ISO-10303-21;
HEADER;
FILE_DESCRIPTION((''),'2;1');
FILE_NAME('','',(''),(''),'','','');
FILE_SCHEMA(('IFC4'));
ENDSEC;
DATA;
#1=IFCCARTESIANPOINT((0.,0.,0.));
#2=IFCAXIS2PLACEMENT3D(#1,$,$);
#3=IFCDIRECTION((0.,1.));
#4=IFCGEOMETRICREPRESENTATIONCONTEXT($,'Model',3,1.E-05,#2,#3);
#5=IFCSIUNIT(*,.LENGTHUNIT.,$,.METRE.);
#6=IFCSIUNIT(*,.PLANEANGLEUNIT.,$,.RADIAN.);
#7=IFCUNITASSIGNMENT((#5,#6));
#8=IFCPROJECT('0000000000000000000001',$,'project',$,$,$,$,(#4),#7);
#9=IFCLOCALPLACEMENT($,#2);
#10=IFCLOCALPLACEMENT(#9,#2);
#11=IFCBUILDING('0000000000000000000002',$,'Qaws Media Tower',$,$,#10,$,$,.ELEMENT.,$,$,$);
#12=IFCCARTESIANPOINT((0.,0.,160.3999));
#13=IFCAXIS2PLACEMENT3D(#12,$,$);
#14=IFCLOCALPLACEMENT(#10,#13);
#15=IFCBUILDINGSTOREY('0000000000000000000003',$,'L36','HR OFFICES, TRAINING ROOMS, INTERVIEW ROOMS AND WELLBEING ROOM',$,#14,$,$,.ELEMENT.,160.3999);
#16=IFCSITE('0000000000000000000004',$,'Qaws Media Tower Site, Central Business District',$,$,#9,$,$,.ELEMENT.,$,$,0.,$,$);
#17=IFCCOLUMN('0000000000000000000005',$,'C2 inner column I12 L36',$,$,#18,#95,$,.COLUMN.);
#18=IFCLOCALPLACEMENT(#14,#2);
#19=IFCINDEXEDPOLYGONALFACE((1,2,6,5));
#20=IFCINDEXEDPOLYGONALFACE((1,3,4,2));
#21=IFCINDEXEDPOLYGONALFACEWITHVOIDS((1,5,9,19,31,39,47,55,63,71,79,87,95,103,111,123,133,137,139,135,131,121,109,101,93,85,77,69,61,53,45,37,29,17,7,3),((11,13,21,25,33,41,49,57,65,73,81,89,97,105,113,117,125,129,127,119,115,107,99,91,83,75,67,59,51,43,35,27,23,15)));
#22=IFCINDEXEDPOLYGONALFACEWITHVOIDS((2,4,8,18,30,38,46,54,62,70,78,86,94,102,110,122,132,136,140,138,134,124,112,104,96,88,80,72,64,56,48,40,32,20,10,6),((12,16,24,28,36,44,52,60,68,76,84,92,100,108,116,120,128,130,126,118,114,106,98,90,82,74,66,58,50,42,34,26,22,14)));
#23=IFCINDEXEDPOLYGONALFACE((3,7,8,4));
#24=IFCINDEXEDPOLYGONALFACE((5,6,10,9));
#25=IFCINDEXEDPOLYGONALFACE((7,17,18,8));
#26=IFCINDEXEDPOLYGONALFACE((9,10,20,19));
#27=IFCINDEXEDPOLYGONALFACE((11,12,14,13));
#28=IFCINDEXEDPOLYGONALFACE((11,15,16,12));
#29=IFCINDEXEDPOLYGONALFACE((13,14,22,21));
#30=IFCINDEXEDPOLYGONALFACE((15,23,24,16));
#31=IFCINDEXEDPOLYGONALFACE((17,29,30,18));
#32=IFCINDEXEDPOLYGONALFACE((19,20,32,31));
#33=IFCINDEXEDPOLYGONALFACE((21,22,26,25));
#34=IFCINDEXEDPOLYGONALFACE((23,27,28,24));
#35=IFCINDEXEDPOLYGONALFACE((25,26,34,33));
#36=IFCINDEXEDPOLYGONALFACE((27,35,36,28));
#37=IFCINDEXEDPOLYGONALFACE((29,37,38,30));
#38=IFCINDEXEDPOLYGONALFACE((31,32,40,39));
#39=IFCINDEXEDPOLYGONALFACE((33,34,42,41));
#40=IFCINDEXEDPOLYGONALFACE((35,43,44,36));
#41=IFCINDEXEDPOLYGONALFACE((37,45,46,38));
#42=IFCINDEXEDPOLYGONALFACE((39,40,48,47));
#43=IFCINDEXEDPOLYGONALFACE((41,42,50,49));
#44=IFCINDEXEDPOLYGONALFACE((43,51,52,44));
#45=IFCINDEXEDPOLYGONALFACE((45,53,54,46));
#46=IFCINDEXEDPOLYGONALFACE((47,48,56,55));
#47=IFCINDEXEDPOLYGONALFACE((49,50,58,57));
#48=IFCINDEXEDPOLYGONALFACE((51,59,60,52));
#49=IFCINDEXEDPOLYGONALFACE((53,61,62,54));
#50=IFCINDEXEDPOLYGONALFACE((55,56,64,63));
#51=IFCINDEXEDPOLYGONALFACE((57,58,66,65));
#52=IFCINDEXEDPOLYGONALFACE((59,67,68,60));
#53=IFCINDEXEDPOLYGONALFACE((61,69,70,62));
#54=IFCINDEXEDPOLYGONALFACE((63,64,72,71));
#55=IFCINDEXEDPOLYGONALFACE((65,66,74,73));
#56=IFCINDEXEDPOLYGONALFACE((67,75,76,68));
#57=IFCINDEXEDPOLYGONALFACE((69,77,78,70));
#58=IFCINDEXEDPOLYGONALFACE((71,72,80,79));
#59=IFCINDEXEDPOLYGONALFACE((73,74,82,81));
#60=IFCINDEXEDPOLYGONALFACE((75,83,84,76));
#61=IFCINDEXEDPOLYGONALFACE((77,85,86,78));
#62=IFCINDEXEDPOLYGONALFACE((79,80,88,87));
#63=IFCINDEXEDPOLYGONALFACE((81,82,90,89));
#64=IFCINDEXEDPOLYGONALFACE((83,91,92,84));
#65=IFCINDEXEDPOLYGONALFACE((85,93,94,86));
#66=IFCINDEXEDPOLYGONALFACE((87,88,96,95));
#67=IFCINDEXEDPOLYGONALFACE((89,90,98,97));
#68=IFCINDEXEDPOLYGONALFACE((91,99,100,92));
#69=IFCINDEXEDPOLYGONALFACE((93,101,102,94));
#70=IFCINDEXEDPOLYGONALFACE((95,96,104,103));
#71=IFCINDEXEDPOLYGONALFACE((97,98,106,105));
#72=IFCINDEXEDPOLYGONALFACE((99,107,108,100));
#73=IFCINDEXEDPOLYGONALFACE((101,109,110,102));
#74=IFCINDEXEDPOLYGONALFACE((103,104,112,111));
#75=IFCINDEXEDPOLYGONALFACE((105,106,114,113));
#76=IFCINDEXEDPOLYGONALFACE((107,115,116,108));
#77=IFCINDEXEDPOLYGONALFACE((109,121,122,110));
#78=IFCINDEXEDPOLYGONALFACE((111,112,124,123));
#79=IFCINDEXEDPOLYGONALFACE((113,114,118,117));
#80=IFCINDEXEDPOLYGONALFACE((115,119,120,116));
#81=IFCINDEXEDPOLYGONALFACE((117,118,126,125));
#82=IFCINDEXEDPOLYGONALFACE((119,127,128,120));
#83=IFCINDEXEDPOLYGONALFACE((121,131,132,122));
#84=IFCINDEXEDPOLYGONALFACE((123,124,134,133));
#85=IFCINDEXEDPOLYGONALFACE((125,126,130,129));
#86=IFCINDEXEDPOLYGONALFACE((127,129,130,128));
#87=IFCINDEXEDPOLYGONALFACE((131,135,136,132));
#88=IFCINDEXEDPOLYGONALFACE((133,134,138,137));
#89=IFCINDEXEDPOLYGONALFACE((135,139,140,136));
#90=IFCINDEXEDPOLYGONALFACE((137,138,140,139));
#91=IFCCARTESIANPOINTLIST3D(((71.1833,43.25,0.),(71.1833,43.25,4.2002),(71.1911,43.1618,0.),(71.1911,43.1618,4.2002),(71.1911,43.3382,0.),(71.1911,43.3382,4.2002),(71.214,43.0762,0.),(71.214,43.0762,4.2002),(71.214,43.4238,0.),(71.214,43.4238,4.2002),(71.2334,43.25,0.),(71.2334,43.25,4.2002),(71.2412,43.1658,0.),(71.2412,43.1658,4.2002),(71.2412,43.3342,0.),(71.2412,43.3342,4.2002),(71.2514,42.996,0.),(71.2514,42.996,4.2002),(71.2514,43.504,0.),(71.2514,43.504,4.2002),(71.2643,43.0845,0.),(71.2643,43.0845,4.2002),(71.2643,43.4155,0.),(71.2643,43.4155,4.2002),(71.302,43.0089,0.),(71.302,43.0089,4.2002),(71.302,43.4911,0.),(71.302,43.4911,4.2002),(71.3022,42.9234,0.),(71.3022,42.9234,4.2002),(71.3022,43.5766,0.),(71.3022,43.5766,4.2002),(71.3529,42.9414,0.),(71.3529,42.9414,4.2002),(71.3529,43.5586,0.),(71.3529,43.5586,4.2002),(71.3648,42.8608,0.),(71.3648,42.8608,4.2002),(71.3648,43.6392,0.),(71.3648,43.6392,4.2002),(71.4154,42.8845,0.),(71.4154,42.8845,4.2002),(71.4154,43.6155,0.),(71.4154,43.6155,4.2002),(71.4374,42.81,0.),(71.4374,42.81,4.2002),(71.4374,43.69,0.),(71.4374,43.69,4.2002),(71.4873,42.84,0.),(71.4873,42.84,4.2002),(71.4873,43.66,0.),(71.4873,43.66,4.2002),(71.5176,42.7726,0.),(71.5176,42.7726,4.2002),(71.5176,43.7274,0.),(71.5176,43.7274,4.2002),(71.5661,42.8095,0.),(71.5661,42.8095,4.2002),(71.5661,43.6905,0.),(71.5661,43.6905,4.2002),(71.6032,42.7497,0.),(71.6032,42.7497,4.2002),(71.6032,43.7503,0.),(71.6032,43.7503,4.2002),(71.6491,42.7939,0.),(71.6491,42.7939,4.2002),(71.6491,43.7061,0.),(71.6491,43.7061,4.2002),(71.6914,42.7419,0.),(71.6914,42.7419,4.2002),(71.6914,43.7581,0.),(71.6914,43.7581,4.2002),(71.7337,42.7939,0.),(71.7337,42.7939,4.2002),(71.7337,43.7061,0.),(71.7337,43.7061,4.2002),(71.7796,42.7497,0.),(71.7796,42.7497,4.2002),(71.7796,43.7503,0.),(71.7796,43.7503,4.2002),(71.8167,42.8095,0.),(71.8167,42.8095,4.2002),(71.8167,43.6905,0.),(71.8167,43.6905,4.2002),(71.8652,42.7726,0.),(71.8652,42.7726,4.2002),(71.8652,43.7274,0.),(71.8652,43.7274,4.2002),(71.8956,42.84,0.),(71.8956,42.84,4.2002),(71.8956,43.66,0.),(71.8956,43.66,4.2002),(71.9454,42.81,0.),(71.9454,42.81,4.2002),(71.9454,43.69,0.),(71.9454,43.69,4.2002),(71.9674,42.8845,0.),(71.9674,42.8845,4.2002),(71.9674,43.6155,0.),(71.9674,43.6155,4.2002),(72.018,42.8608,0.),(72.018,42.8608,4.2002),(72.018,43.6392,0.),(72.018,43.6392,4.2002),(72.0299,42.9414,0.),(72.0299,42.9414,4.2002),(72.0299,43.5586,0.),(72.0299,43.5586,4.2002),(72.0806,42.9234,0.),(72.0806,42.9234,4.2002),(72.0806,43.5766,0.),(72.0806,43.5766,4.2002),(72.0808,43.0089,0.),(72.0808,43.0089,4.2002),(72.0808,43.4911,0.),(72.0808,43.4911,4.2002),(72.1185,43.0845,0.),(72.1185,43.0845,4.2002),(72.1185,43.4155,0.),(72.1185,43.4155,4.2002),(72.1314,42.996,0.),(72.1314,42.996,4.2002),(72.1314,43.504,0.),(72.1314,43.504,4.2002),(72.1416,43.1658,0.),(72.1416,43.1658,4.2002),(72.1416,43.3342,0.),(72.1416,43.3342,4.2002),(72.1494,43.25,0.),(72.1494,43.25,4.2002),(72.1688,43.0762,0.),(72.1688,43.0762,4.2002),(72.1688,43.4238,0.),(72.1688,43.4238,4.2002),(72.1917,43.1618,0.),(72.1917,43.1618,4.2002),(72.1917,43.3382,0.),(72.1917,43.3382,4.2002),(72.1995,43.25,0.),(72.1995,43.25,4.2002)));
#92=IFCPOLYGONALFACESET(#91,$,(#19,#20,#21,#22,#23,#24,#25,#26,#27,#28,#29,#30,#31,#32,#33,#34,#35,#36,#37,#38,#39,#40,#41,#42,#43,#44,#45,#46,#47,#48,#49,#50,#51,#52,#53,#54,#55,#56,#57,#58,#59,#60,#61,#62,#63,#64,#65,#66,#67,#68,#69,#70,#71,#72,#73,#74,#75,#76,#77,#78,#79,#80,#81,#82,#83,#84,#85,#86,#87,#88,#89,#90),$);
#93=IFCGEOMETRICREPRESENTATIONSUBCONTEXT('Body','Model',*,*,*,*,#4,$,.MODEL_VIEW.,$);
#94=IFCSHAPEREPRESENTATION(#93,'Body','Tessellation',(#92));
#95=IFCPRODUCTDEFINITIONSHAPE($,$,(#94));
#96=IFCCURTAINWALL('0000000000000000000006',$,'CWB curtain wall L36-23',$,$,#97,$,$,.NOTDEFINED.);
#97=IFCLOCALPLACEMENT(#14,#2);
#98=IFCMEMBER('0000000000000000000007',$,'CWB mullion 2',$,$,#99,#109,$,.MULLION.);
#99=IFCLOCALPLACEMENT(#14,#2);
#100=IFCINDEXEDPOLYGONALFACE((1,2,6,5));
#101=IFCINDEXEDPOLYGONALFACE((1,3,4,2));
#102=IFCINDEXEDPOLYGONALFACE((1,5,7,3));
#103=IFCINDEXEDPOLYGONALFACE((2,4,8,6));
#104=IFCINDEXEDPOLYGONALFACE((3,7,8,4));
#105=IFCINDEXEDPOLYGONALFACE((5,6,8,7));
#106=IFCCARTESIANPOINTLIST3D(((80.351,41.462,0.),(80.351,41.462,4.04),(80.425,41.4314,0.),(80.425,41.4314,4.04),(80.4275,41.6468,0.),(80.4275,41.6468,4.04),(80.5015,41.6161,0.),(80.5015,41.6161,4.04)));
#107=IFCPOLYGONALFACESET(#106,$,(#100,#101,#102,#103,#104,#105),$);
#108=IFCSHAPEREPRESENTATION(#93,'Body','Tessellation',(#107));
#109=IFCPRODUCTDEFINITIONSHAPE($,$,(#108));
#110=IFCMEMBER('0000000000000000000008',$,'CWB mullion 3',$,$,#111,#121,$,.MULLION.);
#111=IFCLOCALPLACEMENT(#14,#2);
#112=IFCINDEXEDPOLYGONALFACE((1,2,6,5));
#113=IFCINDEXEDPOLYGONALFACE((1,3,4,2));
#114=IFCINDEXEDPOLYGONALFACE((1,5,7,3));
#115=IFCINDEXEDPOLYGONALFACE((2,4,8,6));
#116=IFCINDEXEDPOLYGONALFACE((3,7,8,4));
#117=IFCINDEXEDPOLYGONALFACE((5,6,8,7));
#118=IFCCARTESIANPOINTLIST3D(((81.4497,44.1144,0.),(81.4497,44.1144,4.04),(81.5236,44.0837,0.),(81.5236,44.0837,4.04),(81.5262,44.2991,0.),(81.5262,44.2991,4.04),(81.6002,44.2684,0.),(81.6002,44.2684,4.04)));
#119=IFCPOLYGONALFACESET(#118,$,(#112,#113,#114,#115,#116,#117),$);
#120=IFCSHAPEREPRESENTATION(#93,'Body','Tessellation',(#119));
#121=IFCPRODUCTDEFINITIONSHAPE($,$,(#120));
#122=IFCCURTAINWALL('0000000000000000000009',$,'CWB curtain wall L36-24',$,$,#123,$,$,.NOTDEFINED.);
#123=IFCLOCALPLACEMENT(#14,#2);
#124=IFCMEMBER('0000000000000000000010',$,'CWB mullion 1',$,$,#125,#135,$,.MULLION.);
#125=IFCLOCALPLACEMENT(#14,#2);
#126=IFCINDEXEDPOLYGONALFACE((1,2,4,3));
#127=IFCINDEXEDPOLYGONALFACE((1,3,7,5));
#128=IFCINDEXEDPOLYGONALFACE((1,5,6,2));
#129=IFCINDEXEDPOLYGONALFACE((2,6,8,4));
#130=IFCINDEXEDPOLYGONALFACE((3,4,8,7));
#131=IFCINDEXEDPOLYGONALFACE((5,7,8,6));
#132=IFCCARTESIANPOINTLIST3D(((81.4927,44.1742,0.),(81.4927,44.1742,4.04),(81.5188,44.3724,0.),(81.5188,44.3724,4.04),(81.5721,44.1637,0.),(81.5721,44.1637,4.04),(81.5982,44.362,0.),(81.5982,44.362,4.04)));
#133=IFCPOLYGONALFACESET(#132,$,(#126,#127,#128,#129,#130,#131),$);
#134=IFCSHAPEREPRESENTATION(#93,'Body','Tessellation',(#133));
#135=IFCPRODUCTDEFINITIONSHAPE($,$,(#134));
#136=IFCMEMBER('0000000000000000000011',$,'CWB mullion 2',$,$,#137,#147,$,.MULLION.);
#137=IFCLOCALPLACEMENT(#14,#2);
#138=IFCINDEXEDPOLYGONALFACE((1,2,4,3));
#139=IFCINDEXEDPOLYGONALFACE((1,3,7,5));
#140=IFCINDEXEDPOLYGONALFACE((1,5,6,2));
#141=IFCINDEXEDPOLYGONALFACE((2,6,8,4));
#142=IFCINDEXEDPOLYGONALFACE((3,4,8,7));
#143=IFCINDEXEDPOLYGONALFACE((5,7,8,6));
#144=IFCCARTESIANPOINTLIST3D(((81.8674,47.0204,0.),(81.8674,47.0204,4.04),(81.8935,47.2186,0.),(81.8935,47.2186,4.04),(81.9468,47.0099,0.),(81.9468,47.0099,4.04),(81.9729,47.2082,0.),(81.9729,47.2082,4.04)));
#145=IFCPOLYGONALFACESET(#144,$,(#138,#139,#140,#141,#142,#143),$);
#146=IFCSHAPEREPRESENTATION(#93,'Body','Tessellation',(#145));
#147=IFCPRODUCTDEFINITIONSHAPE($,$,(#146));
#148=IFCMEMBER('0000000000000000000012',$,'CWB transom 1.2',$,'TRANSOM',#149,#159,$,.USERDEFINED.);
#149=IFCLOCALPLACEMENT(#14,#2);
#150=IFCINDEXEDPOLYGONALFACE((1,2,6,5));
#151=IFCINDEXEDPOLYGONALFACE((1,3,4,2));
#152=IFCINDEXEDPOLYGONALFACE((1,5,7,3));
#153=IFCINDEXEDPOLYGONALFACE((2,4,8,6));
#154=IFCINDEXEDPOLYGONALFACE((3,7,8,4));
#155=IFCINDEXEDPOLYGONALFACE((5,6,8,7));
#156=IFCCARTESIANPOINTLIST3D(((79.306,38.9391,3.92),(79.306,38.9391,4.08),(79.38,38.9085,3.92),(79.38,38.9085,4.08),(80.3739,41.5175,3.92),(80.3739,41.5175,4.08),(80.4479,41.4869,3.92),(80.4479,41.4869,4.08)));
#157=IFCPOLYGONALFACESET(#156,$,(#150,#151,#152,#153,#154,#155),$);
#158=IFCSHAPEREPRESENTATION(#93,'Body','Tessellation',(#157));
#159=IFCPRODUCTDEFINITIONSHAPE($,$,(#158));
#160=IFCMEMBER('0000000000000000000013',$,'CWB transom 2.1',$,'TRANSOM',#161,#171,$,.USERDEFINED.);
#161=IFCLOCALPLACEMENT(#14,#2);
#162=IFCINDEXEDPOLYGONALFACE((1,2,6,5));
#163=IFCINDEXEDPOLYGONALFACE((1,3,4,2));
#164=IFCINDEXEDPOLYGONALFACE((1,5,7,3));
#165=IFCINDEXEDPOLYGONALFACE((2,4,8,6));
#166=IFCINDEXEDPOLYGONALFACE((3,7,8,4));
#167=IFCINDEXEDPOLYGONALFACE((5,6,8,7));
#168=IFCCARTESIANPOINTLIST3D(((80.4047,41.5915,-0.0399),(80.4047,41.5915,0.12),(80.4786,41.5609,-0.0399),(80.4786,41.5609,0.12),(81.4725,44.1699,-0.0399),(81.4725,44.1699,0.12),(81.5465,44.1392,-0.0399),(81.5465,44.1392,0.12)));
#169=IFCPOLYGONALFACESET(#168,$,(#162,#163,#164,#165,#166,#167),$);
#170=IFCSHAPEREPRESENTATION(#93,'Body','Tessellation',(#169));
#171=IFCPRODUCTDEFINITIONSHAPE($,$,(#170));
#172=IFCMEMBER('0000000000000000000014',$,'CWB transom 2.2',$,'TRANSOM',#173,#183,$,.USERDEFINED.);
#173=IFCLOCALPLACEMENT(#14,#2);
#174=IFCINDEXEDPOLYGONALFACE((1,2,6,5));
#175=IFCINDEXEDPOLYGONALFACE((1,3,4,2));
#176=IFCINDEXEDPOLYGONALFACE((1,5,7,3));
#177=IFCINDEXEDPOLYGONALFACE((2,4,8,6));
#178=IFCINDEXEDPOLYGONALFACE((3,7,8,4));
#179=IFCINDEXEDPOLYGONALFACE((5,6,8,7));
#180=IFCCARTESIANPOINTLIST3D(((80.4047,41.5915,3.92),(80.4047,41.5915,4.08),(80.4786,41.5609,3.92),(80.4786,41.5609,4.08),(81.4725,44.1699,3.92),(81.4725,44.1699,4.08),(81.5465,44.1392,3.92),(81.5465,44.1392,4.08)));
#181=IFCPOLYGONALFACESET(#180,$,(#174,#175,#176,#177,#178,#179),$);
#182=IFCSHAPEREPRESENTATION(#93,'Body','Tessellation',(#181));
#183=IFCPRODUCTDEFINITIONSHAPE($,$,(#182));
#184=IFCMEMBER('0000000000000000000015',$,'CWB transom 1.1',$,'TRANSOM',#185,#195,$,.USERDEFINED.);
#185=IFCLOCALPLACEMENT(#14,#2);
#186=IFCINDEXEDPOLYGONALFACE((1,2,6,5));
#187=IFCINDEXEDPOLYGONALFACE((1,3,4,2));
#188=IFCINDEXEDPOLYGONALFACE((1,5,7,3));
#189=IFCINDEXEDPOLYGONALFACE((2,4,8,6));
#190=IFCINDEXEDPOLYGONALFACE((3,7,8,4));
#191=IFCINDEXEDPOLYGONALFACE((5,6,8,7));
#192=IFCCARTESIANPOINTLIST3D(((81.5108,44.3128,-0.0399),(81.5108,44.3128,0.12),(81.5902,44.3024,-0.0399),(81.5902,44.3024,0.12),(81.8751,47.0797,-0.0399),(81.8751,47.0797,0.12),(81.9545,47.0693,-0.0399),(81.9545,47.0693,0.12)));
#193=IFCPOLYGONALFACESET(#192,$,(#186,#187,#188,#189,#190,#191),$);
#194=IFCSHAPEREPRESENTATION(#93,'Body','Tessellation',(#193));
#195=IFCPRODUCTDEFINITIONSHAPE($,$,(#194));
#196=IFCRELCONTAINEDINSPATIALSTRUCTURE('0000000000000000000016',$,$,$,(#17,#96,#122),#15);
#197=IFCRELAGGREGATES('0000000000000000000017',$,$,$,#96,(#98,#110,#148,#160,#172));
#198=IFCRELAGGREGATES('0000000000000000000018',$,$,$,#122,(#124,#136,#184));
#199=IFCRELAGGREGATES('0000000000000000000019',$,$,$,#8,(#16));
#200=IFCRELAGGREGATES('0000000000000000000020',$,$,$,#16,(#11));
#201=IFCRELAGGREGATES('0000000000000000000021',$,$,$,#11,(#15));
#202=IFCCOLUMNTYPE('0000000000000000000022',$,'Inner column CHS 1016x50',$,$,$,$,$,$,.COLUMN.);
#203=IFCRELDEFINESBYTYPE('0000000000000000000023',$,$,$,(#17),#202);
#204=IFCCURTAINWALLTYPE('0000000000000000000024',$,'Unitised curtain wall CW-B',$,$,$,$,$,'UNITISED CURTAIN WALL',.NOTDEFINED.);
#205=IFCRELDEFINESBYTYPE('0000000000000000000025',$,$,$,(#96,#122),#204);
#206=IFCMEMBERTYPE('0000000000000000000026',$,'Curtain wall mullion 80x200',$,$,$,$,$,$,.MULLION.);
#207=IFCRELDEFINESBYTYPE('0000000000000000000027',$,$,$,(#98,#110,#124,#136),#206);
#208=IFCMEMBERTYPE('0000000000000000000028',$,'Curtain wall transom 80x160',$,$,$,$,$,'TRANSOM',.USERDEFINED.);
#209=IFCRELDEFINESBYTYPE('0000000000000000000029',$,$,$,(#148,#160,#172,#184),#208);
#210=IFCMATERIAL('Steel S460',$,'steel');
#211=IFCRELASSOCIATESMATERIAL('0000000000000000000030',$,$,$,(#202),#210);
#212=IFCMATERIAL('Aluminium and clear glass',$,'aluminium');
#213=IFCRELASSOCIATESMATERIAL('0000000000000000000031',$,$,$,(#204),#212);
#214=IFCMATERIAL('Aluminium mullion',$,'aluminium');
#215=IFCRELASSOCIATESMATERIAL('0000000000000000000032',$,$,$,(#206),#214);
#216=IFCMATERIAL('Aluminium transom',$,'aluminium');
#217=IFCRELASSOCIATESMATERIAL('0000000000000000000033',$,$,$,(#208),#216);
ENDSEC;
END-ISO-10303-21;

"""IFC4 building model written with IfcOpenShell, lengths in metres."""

from ifc_helpers import new_model, si_unit, direction, frame, origin, origin_2d, place, context, subcontext, project, spatial, rectangle, hollow_circle, extrude, material, material_profile, profile_set, type_object, element, aggregate, save


model = new_model("IFC4")

# Units and contexts
model_context = context("Model", 3, precision=1e-05, world=origin(), true_north=direction((0.0, 1.0)))
body_context = subcontext(model_context, "Body", "Model", "MODEL_VIEW")
ifc_project = project(units=[si_unit("LENGTHUNIT", "METRE"), si_unit("PLANEANGLEUNIT", "RADIAN")], contexts=[model_context])

# Site, building, storey
site_placement = place(None, origin())
site = spatial("IfcSite", under=ifc_project, at=site_placement, Name="Qaws Media Tower Site, Central Business District", CompositionType="ELEMENT", RefElevation=0.0)
building_placement = place(site_placement, origin())
building = spatial("IfcBuilding", under=site, at=building_placement, Name="Qaws Media Tower", CompositionType="ELEMENT")
storey_placement = place(building_placement, frame((0.0, 0.0, 160.3999)))
storey = spatial("IfcBuildingStorey", under=building, at=storey_placement, Name="L36", Description="HR OFFICES, TRAINING ROOMS, INTERVIEW ROOMS AND WELLBEING ROOM", CompositionType="ELEMENT", Elevation=160.3999)

# Column
ifc_material_1 = material(Name="Steel S460", Category="steel")
ifc_material_profile_1 = material_profile(ifc_material_1, hollow_circle(Radius=0.5081, WallThickness=0.05, at=origin_2d()), Name="CHS 1016x50")
ifc_profile_set_1 = profile_set([ifc_material_profile_1], Name="Steel S460")
column_type = type_object("IfcColumnType", Name="Inner column CHS 1016x50", PredefinedType="COLUMN", material=ifc_profile_set_1)
column_placement = place(storey_placement, frame((71.6914, 43.25, 0.0), z_axis=(0.0, 0.0, 1.0), x_axis=(1.0, 0.0, 0.0)))
element("IfcColumn", 1, at=column_placement, inside=storey, type_object=column_type, Name="C2 inner column I12 L36", PredefinedType="COLUMN", context=body_context, shape_type="SweptSolid", body=[
    extrude(hollow_circle(Radius=0.5081, WallThickness=0.05, at=origin_2d()), origin(), (0.0, 0.0, 1.0), 4.2002),
])

# Curtain walls, members
ifc_material_2 = material(Name="Aluminium and clear glass", Category="aluminium")
curtain_wall_type = type_object("IfcCurtainWallType", Name="Unitised curtain wall CW-B", ElementType="UNITISED CURTAIN WALL", PredefinedType="NOTDEFINED", material=ifc_material_2)
curtain_wall_1_placement = place(storey_placement, origin())
curtain_wall_1 = element("IfcCurtainWall", 2, at=curtain_wall_1_placement, inside=storey, type_object=curtain_wall_type, Name="CWB curtain wall L36-23", PredefinedType="NOTDEFINED")
ifc_material_3 = material(Name="Aluminium mullion", Category="aluminium")
ifc_material_profile_2 = material_profile(ifc_material_3, rectangle(XDim=0.0801, YDim=0.2, at=origin_2d()), Name="80x200")
ifc_profile_set_2 = profile_set([ifc_material_profile_2], Name="Aluminium mullion")
member_type_1 = type_object("IfcMemberType", Name="Curtain wall mullion 80x200", PredefinedType="MULLION", material=ifc_profile_set_2)
member_1_placement = place(storey_placement, frame((80.4263, 41.5391, 0.0), z_axis=(0.0, 0.0, 1.0), x_axis=(-0.92388, 0.382683, 0.0)))
member_1 = element("IfcMember", 3, at=member_1_placement, type_object=member_type_1, Name="CWB mullion 2", PredefinedType="MULLION", context=body_context, shape_type="SweptSolid", body=[
    extrude(rectangle(XDim=0.0801, YDim=0.2, at=origin_2d()), origin(), (0.0, 0.0, 1.0), 4.04),
])
member_2_placement = place(storey_placement, frame((81.5249, 44.1914, 0.0), z_axis=(0.0, 0.0, 1.0), x_axis=(-0.92388, 0.382683, 0.0)))
member_2 = element("IfcMember", 4, at=member_2_placement, type_object=member_type_1, Name="CWB mullion 3", PredefinedType="MULLION", context=body_context, shape_type="SweptSolid", body=[
    extrude(rectangle(XDim=0.0801, YDim=0.2, at=origin_2d()), origin(), (0.0, 0.0, 1.0), 4.04),
])
curtain_wall_2_placement = place(storey_placement, origin())
curtain_wall_2 = element("IfcCurtainWall", 5, at=curtain_wall_2_placement, inside=storey, type_object=curtain_wall_type, Name="CWB curtain wall L36-24", PredefinedType="NOTDEFINED")
member_3_placement = place(storey_placement, frame((81.5454, 44.2681, 0.0), z_axis=(0.0, 0.0, 1.0), x_axis=(-0.991445, 0.130526, 0.0)))
member_3 = element("IfcMember", 6, at=member_3_placement, type_object=member_type_1, Name="CWB mullion 1", PredefinedType="MULLION", context=body_context, shape_type="SweptSolid", body=[
    extrude(rectangle(XDim=0.0801, YDim=0.2, at=origin_2d()), origin(), (0.0, 0.0, 1.0), 4.04),
])
member_4_placement = place(storey_placement, frame((81.9202, 47.1143, 0.0), z_axis=(0.0, 0.0, 1.0), x_axis=(-0.991445, 0.130526, 0.0)))
member_4 = element("IfcMember", 7, at=member_4_placement, type_object=member_type_1, Name="CWB mullion 2", PredefinedType="MULLION", context=body_context, shape_type="SweptSolid", body=[
    extrude(rectangle(XDim=0.0801, YDim=0.2, at=origin_2d()), origin(), (0.0, 0.0, 1.0), 4.04),
])

# Members
ifc_material_4 = material(Name="Aluminium transom", Category="aluminium")
ifc_material_profile_3 = material_profile(ifc_material_4, rectangle(XDim=0.0801, YDim=0.1599, at=origin_2d()), Name="80x160")
ifc_profile_set_3 = profile_set([ifc_material_profile_3], Name="Aluminium transom")
member_type_2 = type_object("IfcMemberType", Name="Curtain wall transom 80x160", ElementType="TRANSOM", PredefinedType="USERDEFINED", material=ifc_profile_set_3)
member_5_placement = place(storey_placement, frame((79.343, 38.9238, 4.0), z_axis=(0.382645, 0.923895, 0.0), x_axis=(-0.923895, 0.382645, 0.0)))
member_5 = element("IfcMember", 8, at=member_5_placement, type_object=member_type_2, Name="CWB transom 1.2", ObjectType="TRANSOM", PredefinedType="USERDEFINED", context=body_context, shape_type="SweptSolid", body=[
    extrude(rectangle(XDim=0.0801, YDim=0.1599, at=origin_2d()), origin(), (0.0, 0.0, 1.0), 2.7908),
])
member_6_placement = place(storey_placement, frame((80.4417, 41.5762, 0.04), z_axis=(0.382645, 0.923895, 0.0), x_axis=(-0.923895, 0.382645, 0.0)))
member_6 = element("IfcMember", 9, at=member_6_placement, type_object=member_type_2, Name="CWB transom 2.1", ObjectType="TRANSOM", PredefinedType="USERDEFINED", context=body_context, shape_type="SweptSolid", body=[
    extrude(rectangle(XDim=0.0801, YDim=0.1599, at=origin_2d()), origin(), (0.0, 0.0, 1.0), 2.7908),
])
member_7_placement = place(storey_placement, frame((80.4417, 41.5762, 4.0), z_axis=(0.382645, 0.923895, 0.0), x_axis=(-0.923895, 0.382645, 0.0)))
member_7 = element("IfcMember", 10, at=member_7_placement, type_object=member_type_2, Name="CWB transom 2.2", ObjectType="TRANSOM", PredefinedType="USERDEFINED", context=body_context, shape_type="SweptSolid", body=[
    extrude(rectangle(XDim=0.0801, YDim=0.1599, at=origin_2d()), origin(), (0.0, 0.0, 1.0), 2.7908),
])
member_8_placement = place(storey_placement, frame((81.5505, 44.3076, 0.04), z_axis=(0.130525, 0.991445, 0.0), x_axis=(-0.991445, 0.130525, 0.0)))
member_8 = element("IfcMember", 11, at=member_8_placement, type_object=member_type_2, Name="CWB transom 1.1", ObjectType="TRANSOM", PredefinedType="USERDEFINED", context=body_context, shape_type="SweptSolid", body=[
    extrude(rectangle(XDim=0.0801, YDim=0.1599, at=origin_2d()), origin(), (0.0, 0.0, 1.0), 2.7908),
])

aggregate(curtain_wall_1, [member_1, member_2, member_5, member_6, member_7])
aggregate(curtain_wall_2, [member_3, member_4, member_8])

save(model, "model.ifc")
